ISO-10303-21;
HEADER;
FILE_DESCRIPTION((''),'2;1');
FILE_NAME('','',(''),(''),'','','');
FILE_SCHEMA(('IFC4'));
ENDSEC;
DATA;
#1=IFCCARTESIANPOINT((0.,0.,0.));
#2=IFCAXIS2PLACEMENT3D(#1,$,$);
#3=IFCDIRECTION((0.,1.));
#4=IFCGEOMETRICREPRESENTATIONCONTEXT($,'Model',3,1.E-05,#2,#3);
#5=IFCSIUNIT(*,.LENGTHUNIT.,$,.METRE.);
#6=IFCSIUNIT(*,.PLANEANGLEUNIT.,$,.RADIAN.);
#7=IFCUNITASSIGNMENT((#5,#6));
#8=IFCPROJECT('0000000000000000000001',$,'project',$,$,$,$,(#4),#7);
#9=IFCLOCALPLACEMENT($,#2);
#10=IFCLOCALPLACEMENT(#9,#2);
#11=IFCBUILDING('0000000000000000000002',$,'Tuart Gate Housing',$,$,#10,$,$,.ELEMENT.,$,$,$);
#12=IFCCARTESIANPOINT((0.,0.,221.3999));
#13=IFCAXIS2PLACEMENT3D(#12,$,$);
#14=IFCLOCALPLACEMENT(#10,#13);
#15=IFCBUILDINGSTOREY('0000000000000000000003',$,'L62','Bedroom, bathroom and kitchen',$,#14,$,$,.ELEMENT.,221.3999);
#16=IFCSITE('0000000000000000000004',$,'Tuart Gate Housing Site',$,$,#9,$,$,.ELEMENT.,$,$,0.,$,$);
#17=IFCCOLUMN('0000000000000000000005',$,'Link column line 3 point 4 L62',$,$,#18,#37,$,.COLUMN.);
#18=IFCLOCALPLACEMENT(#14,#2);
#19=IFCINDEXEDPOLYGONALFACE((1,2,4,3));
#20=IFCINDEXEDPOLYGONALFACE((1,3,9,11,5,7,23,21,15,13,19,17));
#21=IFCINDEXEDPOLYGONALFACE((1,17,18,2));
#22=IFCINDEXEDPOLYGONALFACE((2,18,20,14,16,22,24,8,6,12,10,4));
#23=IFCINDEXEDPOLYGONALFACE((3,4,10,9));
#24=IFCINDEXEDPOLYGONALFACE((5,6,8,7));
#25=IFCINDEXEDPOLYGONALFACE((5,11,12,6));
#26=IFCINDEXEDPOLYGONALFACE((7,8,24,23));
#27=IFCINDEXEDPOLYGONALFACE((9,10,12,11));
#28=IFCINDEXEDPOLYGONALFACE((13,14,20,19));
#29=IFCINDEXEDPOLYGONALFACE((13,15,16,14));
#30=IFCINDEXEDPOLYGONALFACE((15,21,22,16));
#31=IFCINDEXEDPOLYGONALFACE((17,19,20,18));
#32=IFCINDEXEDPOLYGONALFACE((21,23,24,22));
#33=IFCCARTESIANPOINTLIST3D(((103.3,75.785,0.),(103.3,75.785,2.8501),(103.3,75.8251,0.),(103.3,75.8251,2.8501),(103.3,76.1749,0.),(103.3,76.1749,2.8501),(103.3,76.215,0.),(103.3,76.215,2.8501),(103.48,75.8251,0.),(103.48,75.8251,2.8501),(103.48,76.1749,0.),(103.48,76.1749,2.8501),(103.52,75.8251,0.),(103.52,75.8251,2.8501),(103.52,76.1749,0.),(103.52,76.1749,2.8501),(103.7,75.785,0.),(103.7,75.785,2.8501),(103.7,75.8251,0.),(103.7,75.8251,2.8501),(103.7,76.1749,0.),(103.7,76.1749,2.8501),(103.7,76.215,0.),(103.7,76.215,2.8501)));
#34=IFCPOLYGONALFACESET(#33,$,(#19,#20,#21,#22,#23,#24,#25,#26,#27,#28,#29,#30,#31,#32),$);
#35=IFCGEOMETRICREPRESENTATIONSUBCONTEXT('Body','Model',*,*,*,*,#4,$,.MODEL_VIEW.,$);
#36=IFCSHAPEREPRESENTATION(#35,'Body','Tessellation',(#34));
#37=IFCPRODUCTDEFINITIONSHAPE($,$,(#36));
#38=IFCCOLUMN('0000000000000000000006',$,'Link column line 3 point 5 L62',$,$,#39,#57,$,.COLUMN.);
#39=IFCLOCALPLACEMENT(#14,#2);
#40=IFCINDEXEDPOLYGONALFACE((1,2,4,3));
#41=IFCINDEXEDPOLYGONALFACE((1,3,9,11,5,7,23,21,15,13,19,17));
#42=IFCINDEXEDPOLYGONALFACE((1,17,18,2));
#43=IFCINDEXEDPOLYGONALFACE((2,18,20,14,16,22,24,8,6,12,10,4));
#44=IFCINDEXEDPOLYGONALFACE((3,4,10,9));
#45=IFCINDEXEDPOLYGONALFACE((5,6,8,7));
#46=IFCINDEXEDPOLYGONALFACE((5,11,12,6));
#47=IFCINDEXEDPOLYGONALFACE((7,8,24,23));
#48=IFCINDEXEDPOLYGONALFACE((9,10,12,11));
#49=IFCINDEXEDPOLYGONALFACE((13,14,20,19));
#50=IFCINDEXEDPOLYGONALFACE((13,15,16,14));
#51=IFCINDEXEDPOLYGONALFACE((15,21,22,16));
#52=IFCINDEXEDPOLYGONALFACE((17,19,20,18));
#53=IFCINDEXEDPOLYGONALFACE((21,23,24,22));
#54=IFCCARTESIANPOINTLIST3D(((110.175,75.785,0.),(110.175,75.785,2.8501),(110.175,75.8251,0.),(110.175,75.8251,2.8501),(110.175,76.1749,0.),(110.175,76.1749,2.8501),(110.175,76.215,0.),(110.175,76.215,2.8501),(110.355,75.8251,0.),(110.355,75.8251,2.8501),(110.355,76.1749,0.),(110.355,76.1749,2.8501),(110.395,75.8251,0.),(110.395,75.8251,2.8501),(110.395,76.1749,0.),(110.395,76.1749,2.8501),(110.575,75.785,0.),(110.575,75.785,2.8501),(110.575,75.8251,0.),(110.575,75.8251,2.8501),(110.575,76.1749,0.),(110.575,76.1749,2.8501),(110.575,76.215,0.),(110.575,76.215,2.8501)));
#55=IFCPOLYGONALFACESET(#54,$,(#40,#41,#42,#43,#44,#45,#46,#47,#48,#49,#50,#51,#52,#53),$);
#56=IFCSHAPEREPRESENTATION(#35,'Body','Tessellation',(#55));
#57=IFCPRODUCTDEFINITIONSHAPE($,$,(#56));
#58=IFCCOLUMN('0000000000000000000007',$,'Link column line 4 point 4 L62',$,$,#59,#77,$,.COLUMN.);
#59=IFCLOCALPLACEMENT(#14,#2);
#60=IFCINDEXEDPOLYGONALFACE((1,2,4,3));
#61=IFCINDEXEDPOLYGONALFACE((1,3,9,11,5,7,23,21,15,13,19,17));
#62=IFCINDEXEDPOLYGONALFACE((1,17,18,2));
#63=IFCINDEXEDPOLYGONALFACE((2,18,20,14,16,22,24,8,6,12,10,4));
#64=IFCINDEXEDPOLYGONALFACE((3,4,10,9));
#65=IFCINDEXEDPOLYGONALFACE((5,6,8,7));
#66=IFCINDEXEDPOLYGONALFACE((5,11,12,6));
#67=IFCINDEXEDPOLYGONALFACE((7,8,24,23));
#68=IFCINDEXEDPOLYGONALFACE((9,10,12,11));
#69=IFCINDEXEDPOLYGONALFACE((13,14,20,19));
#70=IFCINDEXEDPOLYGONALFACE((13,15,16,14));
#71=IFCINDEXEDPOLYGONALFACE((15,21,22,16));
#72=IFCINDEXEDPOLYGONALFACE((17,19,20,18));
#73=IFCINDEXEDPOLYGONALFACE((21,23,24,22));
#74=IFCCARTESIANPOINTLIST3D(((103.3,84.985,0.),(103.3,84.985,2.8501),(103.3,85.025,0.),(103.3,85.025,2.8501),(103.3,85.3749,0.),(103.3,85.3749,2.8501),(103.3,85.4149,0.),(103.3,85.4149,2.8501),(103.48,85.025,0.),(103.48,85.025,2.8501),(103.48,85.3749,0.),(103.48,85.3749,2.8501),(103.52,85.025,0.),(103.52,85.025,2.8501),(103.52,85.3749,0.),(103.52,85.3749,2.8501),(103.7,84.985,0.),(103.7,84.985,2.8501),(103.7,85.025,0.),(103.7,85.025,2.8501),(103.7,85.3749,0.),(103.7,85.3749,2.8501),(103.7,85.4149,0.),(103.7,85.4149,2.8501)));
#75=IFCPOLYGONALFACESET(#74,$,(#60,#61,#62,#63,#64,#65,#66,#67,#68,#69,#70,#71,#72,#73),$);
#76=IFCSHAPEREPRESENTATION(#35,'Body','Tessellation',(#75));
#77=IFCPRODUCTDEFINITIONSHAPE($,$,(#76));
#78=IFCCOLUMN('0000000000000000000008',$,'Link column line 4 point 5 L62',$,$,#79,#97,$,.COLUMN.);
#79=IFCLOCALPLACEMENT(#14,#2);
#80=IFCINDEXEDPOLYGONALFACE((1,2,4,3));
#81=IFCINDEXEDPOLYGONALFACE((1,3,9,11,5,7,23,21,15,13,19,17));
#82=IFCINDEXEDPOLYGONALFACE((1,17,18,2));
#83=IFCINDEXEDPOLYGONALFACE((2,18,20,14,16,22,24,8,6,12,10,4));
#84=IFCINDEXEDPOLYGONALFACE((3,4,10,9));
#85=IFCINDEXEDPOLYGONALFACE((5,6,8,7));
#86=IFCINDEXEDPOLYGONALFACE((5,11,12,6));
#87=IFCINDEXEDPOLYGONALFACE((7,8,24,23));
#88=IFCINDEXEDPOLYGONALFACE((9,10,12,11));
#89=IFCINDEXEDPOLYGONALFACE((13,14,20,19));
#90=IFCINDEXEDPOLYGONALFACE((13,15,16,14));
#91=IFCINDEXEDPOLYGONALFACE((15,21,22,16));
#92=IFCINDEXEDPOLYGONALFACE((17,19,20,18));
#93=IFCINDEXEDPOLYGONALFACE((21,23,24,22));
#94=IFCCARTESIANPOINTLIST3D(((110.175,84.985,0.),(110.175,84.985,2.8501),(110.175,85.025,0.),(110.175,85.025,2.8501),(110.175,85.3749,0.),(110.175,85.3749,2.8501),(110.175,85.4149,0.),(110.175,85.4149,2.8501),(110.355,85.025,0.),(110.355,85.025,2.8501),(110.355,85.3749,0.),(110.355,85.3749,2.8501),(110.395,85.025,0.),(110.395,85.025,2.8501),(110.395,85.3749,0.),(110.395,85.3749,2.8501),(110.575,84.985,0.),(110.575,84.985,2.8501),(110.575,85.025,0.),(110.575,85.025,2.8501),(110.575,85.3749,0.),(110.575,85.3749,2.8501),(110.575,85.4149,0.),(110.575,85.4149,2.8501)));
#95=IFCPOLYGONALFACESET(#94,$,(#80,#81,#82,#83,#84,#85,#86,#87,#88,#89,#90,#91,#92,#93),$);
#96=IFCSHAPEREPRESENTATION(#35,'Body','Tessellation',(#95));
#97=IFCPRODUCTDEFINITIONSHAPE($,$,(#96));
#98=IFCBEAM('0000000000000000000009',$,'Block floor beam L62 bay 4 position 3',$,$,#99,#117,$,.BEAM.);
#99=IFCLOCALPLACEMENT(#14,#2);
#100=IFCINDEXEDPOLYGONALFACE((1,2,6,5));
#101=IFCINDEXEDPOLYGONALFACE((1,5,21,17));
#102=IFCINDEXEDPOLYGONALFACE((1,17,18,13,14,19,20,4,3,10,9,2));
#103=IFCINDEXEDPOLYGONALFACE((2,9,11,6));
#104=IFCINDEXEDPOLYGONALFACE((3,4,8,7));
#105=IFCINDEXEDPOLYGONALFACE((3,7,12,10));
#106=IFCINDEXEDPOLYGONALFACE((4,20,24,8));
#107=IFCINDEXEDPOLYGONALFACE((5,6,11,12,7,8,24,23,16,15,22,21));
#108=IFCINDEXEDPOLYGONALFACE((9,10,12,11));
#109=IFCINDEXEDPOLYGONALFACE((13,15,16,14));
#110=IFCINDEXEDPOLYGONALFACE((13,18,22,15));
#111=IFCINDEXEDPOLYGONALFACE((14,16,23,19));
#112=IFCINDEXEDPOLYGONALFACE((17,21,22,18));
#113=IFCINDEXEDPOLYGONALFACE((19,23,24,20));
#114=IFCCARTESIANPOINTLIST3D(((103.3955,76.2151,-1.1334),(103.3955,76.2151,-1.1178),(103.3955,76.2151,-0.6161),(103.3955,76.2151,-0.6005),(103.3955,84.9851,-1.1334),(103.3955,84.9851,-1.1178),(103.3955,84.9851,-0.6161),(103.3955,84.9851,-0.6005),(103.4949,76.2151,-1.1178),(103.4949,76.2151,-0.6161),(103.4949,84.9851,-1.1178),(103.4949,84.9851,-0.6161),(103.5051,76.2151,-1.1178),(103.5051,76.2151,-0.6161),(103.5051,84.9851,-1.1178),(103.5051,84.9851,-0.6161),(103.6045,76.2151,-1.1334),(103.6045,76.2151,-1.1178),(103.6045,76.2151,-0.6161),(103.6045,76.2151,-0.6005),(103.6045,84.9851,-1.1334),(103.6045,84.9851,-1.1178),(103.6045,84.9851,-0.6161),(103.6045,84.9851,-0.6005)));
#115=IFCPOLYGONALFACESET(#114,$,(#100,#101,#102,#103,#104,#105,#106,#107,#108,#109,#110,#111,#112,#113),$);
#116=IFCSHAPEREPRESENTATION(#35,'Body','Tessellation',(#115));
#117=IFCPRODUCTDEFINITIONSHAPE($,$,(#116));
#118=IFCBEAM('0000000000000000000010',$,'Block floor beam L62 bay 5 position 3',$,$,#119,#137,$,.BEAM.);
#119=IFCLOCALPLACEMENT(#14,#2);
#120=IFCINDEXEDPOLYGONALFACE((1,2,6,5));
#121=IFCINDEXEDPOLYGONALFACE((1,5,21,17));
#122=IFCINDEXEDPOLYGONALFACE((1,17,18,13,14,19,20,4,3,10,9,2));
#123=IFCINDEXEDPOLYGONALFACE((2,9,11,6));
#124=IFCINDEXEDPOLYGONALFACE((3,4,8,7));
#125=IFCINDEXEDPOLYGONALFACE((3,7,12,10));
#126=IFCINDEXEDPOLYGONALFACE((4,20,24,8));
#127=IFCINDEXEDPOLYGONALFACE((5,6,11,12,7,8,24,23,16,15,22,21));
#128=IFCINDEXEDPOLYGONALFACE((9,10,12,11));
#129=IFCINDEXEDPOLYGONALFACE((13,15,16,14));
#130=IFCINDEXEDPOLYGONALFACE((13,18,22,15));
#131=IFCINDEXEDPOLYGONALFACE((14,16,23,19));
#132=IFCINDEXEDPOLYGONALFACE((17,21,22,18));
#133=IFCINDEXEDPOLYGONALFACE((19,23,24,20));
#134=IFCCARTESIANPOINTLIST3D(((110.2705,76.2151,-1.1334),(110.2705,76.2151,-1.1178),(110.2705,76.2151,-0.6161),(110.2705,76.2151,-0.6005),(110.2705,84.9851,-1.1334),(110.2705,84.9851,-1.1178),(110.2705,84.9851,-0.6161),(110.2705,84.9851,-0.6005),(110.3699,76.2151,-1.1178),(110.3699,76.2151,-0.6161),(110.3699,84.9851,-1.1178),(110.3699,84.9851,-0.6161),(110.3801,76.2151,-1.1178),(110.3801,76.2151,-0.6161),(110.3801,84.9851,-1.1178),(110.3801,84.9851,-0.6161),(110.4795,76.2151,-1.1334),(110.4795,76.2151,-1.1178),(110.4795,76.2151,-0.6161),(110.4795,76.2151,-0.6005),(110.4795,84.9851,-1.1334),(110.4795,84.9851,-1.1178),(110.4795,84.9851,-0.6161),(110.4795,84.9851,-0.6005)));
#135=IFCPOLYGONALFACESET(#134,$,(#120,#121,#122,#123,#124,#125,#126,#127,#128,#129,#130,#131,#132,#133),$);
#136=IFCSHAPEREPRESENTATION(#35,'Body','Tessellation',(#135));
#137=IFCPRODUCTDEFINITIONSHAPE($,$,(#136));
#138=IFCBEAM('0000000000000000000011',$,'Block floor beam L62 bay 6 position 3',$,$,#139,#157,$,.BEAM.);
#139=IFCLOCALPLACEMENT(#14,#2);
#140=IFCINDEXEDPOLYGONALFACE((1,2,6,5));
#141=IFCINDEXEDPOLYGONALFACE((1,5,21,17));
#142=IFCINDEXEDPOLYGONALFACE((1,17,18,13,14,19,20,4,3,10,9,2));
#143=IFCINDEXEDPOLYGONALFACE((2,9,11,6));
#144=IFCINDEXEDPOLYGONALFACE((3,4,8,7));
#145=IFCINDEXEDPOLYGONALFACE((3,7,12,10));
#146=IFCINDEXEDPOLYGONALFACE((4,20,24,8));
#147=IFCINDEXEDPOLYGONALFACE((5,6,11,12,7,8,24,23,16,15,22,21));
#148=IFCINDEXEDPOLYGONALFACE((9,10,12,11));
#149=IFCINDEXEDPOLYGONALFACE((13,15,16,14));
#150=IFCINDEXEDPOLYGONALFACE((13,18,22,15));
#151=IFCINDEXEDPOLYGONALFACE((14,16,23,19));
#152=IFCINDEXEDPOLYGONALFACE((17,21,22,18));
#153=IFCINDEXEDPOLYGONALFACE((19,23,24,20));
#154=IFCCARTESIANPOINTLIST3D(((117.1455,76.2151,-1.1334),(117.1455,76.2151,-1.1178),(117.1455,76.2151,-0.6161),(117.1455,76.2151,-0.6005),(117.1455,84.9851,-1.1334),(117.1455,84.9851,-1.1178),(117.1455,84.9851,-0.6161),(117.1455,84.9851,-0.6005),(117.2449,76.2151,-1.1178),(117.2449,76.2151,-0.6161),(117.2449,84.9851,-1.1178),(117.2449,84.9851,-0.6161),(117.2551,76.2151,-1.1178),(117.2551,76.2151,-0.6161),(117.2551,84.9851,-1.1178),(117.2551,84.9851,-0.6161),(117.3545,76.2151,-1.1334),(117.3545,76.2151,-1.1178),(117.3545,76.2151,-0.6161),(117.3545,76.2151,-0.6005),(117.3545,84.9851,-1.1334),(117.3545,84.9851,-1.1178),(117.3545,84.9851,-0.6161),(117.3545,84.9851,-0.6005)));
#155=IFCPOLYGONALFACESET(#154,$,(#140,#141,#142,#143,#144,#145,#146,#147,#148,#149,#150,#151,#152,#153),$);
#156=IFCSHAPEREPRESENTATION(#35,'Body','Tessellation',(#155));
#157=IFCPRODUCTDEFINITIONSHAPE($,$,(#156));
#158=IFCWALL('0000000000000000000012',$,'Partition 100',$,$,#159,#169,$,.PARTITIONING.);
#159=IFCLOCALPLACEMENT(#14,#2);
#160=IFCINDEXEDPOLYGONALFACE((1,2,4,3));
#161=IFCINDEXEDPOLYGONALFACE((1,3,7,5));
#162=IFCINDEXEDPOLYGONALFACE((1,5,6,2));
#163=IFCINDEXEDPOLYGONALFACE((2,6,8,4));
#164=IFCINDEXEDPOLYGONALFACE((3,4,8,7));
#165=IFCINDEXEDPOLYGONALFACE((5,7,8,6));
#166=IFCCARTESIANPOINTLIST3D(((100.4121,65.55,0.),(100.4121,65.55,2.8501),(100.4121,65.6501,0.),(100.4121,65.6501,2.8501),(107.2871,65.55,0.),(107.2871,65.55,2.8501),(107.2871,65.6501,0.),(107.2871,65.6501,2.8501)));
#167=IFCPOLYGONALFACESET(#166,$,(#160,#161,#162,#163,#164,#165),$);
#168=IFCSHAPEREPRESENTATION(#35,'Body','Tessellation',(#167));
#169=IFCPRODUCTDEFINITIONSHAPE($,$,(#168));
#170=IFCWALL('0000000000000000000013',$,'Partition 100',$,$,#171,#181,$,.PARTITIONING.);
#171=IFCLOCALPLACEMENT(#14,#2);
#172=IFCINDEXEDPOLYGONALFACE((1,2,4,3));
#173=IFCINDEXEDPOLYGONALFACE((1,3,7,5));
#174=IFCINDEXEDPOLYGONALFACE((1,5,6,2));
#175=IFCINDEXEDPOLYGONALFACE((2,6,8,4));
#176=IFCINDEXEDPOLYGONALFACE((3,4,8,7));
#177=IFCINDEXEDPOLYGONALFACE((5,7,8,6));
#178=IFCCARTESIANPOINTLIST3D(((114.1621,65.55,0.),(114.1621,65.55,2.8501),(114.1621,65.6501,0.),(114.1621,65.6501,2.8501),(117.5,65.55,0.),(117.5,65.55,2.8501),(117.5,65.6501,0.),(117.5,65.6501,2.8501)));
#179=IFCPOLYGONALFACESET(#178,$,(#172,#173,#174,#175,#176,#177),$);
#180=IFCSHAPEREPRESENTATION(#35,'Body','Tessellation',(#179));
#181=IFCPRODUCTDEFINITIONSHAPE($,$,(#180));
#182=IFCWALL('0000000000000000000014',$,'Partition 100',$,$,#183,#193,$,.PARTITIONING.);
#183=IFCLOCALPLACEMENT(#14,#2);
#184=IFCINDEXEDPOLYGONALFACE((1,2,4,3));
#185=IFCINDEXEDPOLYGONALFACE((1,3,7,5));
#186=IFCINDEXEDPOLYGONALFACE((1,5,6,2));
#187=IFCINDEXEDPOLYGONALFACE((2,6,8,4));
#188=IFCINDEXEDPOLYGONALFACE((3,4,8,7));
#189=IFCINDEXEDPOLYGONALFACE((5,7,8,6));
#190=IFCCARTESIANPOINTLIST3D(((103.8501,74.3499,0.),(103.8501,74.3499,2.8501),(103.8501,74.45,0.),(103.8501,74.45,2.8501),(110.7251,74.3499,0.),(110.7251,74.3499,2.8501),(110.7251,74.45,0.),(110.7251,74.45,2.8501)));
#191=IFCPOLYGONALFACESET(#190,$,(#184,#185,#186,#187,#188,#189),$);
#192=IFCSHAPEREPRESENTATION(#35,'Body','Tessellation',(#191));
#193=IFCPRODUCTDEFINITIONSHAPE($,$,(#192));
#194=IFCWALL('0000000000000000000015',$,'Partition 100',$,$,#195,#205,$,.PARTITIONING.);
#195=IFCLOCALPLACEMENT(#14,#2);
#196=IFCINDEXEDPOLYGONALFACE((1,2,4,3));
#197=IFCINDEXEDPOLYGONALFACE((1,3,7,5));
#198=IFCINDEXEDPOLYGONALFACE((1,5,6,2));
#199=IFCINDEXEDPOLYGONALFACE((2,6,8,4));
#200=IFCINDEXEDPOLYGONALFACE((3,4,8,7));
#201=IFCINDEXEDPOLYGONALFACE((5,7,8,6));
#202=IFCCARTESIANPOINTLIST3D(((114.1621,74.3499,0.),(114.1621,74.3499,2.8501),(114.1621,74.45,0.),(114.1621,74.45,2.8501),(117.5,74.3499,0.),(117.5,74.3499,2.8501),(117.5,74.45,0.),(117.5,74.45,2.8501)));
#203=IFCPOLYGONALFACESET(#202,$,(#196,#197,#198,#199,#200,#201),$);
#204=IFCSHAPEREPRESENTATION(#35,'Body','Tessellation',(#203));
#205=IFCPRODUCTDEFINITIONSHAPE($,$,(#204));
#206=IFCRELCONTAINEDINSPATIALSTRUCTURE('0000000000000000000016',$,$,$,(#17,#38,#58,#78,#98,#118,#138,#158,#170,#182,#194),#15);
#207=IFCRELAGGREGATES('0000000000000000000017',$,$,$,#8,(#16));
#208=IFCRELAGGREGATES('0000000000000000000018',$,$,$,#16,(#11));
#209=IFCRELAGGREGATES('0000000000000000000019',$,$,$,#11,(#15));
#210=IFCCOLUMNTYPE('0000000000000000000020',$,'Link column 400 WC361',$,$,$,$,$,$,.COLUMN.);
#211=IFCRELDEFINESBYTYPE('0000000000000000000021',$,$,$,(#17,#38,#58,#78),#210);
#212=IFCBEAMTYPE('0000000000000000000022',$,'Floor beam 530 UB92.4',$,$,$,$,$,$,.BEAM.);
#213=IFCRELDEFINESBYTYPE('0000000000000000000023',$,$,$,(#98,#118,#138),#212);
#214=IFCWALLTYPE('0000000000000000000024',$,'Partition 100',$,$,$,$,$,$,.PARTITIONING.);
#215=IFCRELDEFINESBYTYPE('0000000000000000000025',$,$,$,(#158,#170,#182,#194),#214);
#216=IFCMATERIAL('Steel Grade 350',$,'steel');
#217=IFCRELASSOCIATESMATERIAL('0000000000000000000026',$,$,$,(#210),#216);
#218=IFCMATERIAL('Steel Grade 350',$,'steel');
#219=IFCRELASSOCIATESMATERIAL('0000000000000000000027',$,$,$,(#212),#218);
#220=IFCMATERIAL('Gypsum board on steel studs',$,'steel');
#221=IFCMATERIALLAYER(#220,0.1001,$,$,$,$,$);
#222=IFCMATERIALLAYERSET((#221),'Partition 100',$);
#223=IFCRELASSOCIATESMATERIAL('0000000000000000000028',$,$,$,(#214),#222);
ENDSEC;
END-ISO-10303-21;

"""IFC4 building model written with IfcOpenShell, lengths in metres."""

from ifc_helpers import new_model, si_unit, direction, frame, frame_2d, origin, origin_2d, place, context, subcontext, project, spatial, rectangle, i_section, extrude, material, layer, layer_set, material_profile, profile_set, type_object, element, save


model = new_model("IFC4")

# Units and contexts
model_context = context("Model", 3, precision=1e-05, world=origin(), true_north=direction((0.0, 1.0)))
body_context = subcontext(model_context, "Body", "Model", "MODEL_VIEW")
ifc_project = project(units=[si_unit("LENGTHUNIT", "METRE"), si_unit("PLANEANGLEUNIT", "RADIAN")], contexts=[model_context])

# Site, building, storey
site_placement = place(None, origin())
site = spatial("IfcSite", under=ifc_project, at=site_placement, Name="Tuart Gate Housing Site", CompositionType="ELEMENT", RefElevation=0.0)
building_placement = place(site_placement, origin())
building = spatial("IfcBuilding", under=site, at=building_placement, Name="Tuart Gate Housing", CompositionType="ELEMENT")
storey_placement = place(building_placement, frame((0.0, 0.0, 221.3999)))
storey = spatial("IfcBuildingStorey", under=building, at=storey_placement, Name="L62", Description="Bedroom, bathroom and kitchen", CompositionType="ELEMENT", Elevation=221.3999)

# Columns
ifc_material_1 = material(Name="Steel Grade 350", Category="steel")
ifc_material_profile_1 = material_profile(ifc_material_1, i_section(OverallWidth=0.3999, OverallDepth=0.4299, WebThickness=0.04, FlangeThickness=0.04, at=origin_2d()), Name="400WC361")
ifc_profile_set_1 = profile_set([ifc_material_profile_1], Name="Steel Grade 350")
column_type = type_object("IfcColumnType", Name="Link column 400 WC361", PredefinedType="COLUMN", material=ifc_profile_set_1)
for number, where, z_axis, x_axis, name in (
    (1, (103.5, 76.0, 0.0), (0.0, 0.0, 1.0), (1.0, 0.0, 0.0), "Link column line 3 point 4 L62"),
    (2, (110.375, 76.0, 0.0), (0.0, 0.0, 1.0), (1.0, 0.0, 0.0), "Link column line 3 point 5 L62"),
    (3, (103.5, 85.2, 0.0), (0.0, 0.0, 1.0), (1.0, 0.0, 0.0), "Link column line 4 point 4 L62"),
    (4, (110.375, 85.2, 0.0), (0.0, 0.0, 1.0), (1.0, 0.0, 0.0), "Link column line 4 point 5 L62"),
):
    element("IfcColumn", number, at=place(storey_placement, frame(where, z_axis=z_axis, x_axis=x_axis)), inside=storey, type_object=column_type, Name=name, PredefinedType="COLUMN", context=body_context, shape_type="SweptSolid", body=[
        extrude(i_section(OverallWidth=0.3999, OverallDepth=0.4299, WebThickness=0.04, FlangeThickness=0.04, at=origin_2d()), origin(), (0.0, 0.0, 1.0), 2.8501),
    ])

# Beams
ifc_material_2 = material(Name="Steel Grade 350", Category="steel")
ifc_material_profile_2 = material_profile(ifc_material_2, i_section(OverallWidth=0.209, OverallDepth=0.533, WebThickness=0.0103, FlangeThickness=0.0156, at=origin_2d()), Name="530UB92.4")
ifc_profile_set_2 = profile_set([ifc_material_profile_2], Name="Steel Grade 350")
beam_type = type_object("IfcBeamType", Name="Floor beam 530 UB92.4", PredefinedType="BEAM", material=ifc_profile_set_2)
for number, where, z_axis, x_axis, name in (
    (5, (103.5, 76.2151, -0.8669), (0.0, 1.0, 0.0), (-1.0, 0.0, 0.0), "Block floor beam L62 bay 4 position 3"),
    (6, (110.375, 76.2151, -0.8669), (0.0, 1.0, 0.0), (-1.0, 0.0, 0.0), "Block floor beam L62 bay 5 position 3"),
    (7, (117.25, 76.2151, -0.8669), (0.0, 1.0, 0.0), (-1.0, 0.0, 0.0), "Block floor beam L62 bay 6 position 3"),
):
    element("IfcBeam", number, at=place(storey_placement, frame(where, z_axis=z_axis, x_axis=x_axis)), inside=storey, type_object=beam_type, Name=name, PredefinedType="BEAM", context=body_context, shape_type="SweptSolid", body=[
        extrude(i_section(OverallWidth=0.209, OverallDepth=0.533, WebThickness=0.0103, FlangeThickness=0.0156, at=origin_2d()), origin(), (0.0, 0.0, 1.0), 8.77),
    ])

# Walls
ifc_material_3 = material(Name="Gypsum board on steel studs", Category="steel")
ifc_layer_1 = layer(ifc_material_3, 0.1001)
ifc_layer_set_1 = layer_set([ifc_layer_1], Name="Partition 100")
wall_type_1 = type_object("IfcWallType", Name="Partition 100", PredefinedType="PARTITIONING", material=ifc_layer_set_1)
wall_1_placement = place(storey_placement, frame((100.4121, 65.6001, 0.0), z_axis=(0.0, 0.0, 1.0), x_axis=(1.0, 0.0, 0.0)))
element("IfcWall", 8, at=wall_1_placement, inside=storey, type_object=wall_type_1, Name="Partition 100", PredefinedType="PARTITIONING", context=body_context, shape_type="SweptSolid", body=[
    extrude(rectangle(XDim=6.875, YDim=0.1001, at=frame_2d((3.4375, 0.0))), origin(), (0.0, 0.0, 1.0), 2.8501),
])
wall_2_placement = place(storey_placement, frame((114.1621, 65.6001, 0.0), z_axis=(0.0, 0.0, 1.0), x_axis=(1.0, 0.0, 0.0)))
element("IfcWall", 9, at=wall_2_placement, inside=storey, type_object=wall_type_1, Name="Partition 100", PredefinedType="PARTITIONING", context=body_context, shape_type="SweptSolid", body=[
    extrude(rectangle(XDim=3.3379, YDim=0.1001, at=frame_2d((1.6689, 0.0))), origin(), (0.0, 0.0, 1.0), 2.8501),
])
wall_3_placement = place(storey_placement, frame((103.8501, 74.3999, 0.0), z_axis=(0.0, 0.0, 1.0), x_axis=(1.0, 0.0, 0.0)))
element("IfcWall", 10, at=wall_3_placement, inside=storey, type_object=wall_type_1, Name="Partition 100", PredefinedType="PARTITIONING", context=body_context, shape_type="SweptSolid", body=[
    extrude(rectangle(XDim=6.875, YDim=0.1001, at=frame_2d((3.4375, 0.0))), origin(), (0.0, 0.0, 1.0), 2.8501),
])
wall_4_placement = place(storey_placement, frame((114.1621, 74.3999, 0.0), z_axis=(0.0, 0.0, 1.0), x_axis=(1.0, 0.0, 0.0)))
element("IfcWall", 11, at=wall_4_placement, inside=storey, type_object=wall_type_1, Name="Partition 100", PredefinedType="PARTITIONING", context=body_context, shape_type="SweptSolid", body=[
    extrude(rectangle(XDim=3.3379, YDim=0.1001, at=frame_2d((1.6689, 0.0))), origin(), (0.0, 0.0, 1.0), 2.8501),
])

save(model, "model.ifc")
